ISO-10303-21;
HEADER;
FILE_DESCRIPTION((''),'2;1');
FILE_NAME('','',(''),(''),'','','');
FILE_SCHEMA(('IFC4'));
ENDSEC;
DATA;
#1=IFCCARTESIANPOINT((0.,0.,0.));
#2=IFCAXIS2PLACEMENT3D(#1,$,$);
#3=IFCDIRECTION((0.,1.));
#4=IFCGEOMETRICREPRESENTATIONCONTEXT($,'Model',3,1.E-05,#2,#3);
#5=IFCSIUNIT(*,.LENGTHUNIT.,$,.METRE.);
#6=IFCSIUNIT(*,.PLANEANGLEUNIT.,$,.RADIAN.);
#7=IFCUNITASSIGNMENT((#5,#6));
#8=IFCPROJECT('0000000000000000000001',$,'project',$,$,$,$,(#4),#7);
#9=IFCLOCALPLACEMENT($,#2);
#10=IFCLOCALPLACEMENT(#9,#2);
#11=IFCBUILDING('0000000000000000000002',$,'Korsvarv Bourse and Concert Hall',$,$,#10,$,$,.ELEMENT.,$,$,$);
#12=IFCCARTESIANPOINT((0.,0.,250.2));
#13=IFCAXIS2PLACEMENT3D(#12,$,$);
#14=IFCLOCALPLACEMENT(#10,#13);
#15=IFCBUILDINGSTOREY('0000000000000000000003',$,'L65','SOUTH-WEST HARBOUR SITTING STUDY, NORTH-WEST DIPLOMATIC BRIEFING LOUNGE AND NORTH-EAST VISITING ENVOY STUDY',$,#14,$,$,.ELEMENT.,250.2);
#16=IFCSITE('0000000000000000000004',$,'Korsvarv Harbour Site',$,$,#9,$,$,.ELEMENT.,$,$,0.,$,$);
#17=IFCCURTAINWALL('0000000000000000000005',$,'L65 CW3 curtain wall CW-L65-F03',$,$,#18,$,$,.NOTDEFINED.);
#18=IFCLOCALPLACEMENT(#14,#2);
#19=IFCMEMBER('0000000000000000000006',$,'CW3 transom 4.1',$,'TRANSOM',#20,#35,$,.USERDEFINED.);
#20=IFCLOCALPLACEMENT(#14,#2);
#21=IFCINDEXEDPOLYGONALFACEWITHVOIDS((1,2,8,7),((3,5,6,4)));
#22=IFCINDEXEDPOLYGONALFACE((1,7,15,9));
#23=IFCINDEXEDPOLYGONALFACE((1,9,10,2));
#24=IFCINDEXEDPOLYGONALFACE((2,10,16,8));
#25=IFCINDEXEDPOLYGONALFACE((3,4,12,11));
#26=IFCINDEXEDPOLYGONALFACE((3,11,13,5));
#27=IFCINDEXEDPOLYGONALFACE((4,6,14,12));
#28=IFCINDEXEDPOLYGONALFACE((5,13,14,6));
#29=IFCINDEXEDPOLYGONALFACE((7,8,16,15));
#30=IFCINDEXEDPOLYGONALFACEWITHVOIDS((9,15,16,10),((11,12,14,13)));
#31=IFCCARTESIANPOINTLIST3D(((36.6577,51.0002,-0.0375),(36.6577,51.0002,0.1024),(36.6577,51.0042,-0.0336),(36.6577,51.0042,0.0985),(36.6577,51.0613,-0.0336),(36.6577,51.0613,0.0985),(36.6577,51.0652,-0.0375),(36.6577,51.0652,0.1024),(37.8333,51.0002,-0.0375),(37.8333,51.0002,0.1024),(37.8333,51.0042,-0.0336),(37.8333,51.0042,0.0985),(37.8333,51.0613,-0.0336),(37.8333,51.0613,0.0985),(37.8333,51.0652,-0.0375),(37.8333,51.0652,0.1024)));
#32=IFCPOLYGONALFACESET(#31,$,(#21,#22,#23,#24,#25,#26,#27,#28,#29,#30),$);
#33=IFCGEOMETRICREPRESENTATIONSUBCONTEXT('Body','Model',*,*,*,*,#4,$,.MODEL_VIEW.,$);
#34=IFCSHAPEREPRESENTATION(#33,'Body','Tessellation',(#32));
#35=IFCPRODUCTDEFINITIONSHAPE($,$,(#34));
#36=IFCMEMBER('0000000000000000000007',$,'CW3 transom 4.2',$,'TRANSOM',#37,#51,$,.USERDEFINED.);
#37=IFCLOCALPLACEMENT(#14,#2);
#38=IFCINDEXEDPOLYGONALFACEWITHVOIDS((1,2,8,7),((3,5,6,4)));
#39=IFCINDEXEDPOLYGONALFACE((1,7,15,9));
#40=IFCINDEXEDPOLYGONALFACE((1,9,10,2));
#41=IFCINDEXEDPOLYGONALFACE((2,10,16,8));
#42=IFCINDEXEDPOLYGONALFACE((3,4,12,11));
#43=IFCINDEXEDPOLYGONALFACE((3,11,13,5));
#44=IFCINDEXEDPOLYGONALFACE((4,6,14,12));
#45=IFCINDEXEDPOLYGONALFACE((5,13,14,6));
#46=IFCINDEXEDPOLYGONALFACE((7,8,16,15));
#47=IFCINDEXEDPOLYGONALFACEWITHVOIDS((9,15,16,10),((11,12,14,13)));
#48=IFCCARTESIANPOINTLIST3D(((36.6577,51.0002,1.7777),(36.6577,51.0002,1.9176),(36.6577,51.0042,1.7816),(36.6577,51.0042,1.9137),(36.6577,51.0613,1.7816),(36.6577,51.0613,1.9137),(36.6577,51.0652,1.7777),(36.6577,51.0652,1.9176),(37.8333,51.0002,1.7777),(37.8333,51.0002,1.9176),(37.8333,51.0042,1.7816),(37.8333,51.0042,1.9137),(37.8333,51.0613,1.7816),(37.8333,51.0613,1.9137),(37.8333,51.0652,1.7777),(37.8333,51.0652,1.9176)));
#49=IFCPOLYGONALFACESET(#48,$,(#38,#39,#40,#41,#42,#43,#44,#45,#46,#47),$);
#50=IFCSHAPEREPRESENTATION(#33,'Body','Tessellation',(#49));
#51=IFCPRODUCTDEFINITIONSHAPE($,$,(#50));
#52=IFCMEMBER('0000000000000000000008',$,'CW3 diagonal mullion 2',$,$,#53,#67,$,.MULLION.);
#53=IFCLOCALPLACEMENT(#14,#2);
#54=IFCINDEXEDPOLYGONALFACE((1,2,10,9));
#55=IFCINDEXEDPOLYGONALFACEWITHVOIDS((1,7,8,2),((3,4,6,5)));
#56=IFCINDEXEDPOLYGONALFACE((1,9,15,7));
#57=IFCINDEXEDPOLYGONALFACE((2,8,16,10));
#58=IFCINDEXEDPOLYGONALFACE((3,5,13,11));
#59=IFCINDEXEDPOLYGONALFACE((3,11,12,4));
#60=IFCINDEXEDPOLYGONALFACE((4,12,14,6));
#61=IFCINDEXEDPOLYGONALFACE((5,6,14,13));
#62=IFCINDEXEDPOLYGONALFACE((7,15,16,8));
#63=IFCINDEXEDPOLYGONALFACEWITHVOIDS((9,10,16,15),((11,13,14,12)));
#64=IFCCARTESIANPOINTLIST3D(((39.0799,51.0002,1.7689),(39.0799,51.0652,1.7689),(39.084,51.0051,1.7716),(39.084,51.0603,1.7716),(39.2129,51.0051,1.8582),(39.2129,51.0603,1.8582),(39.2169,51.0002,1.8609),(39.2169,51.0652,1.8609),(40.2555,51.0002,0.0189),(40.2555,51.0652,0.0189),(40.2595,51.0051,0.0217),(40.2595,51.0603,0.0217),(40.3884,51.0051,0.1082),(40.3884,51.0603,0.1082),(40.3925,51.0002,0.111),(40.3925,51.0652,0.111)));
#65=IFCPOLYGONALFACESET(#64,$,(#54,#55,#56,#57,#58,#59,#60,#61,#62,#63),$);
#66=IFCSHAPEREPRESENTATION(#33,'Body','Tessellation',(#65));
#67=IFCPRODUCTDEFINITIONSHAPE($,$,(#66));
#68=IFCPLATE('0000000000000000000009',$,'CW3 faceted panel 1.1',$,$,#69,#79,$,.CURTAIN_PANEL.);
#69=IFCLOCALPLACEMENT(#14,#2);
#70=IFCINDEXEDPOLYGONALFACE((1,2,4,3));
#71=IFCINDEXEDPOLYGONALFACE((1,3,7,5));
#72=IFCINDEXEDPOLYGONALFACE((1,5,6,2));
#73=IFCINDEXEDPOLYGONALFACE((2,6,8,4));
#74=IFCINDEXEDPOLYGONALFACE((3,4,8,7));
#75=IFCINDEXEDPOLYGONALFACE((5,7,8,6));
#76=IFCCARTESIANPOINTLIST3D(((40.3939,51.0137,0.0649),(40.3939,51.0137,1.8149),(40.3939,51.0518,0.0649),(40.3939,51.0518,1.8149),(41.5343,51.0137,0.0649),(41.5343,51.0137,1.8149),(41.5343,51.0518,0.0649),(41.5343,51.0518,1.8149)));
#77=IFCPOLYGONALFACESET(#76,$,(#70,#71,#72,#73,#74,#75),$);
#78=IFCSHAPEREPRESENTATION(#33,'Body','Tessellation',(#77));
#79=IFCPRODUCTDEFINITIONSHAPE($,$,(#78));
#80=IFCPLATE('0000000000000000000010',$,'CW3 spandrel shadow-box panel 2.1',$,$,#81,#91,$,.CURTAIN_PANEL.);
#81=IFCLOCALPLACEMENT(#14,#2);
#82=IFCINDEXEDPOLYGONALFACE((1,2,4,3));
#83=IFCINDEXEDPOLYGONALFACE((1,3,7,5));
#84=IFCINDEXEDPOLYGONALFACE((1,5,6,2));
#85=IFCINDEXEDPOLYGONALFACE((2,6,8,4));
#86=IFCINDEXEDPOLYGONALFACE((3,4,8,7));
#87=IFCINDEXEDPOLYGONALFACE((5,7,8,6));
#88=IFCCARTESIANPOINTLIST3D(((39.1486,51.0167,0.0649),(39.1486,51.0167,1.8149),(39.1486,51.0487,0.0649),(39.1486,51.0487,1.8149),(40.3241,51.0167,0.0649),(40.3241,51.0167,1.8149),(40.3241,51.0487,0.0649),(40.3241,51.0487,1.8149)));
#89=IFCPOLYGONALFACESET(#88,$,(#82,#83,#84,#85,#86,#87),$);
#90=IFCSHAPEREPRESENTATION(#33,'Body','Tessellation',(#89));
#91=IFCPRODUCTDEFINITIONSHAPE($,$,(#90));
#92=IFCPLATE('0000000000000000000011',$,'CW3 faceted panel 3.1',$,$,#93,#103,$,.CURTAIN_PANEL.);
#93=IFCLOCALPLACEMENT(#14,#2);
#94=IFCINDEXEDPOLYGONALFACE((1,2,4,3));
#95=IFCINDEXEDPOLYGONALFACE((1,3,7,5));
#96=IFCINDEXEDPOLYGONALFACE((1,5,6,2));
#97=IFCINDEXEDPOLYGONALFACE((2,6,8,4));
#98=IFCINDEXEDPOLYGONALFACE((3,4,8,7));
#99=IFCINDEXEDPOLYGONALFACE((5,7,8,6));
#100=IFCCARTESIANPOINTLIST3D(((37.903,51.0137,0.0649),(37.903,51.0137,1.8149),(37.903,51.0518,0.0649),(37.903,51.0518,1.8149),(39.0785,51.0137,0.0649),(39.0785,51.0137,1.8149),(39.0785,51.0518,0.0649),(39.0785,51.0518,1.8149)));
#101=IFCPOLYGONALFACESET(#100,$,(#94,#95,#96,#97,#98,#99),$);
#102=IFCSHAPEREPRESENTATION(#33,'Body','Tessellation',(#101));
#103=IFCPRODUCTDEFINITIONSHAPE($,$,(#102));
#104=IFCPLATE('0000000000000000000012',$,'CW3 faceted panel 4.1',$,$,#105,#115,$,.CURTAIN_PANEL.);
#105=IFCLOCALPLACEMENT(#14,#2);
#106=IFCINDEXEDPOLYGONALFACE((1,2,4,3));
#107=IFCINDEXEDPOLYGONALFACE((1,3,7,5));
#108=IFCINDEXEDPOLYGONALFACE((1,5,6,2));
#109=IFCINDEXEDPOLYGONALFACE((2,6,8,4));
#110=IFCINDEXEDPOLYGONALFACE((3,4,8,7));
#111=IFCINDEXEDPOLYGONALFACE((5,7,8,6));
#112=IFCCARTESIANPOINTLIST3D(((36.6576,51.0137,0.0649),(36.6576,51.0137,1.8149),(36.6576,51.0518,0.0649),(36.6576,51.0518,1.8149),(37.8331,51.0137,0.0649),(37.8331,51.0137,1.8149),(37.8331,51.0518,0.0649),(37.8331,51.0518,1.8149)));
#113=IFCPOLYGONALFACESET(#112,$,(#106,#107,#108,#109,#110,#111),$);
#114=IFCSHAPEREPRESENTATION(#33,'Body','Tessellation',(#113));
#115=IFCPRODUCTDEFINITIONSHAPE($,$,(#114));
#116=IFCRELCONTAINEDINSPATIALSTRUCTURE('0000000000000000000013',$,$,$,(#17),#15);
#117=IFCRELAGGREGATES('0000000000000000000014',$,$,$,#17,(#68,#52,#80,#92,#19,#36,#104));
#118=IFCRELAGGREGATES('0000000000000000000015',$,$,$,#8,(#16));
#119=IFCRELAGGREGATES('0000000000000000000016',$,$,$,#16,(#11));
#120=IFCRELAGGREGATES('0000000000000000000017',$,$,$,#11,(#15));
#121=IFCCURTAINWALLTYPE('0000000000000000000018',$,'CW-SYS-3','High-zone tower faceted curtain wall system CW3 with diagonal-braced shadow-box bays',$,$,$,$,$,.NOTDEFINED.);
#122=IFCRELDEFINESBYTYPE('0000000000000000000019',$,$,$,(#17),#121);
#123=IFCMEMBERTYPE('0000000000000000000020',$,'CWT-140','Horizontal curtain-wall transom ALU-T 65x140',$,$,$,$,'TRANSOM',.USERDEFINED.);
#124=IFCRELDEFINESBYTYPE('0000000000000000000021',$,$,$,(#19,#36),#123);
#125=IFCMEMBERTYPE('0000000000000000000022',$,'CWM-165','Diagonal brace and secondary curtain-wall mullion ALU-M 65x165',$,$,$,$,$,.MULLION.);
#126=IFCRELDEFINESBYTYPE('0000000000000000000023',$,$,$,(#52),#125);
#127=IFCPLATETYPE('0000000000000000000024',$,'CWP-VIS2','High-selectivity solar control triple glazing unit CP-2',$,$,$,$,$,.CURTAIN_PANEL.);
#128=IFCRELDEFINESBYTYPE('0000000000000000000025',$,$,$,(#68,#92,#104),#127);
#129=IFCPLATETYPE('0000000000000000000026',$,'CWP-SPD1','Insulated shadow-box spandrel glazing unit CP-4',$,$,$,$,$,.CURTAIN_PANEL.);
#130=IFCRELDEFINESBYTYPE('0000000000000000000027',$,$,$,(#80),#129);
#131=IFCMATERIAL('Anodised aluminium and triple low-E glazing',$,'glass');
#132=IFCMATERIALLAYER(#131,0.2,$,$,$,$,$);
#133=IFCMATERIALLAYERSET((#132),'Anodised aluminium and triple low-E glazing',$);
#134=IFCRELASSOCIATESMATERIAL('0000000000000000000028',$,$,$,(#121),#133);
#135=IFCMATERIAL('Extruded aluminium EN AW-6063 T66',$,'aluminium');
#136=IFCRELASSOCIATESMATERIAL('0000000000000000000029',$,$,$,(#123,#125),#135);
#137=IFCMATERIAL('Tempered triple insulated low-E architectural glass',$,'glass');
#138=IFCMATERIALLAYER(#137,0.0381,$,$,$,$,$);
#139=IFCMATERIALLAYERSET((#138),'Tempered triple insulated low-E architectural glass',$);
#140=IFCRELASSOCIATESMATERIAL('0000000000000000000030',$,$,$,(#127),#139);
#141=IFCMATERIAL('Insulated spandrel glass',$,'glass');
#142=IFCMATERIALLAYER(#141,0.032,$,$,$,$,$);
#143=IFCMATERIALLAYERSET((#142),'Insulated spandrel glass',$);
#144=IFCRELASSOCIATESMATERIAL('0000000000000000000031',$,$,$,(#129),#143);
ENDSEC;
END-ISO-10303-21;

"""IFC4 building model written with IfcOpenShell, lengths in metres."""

from ifc_helpers import new_model, si_unit, direction, frame, origin, origin_2d, place, context, subcontext, project, spatial, rectangle, hollow_rectangle, extrude, source, transform, mapped, material, layer, layer_set, material_profile, profile_set, type_object, element, aggregate, save


model = new_model("IFC4")

# Units and contexts
model_context = context("Model", 3, precision=1e-05, world=origin(), true_north=direction((0.0, 1.0)))
body_context = subcontext(model_context, "Body", "Model", "MODEL_VIEW")
ifc_project = project(units=[si_unit("LENGTHUNIT", "METRE"), si_unit("PLANEANGLEUNIT", "RADIAN")], contexts=[model_context])

# Site, building, storey
site_placement = place(None, origin())
site = spatial("IfcSite", under=ifc_project, at=site_placement, Name="Korsvarv Harbour Site", CompositionType="ELEMENT", RefElevation=0.0)
building_placement = place(site_placement, origin())
building = spatial("IfcBuilding", under=site, at=building_placement, Name="Korsvarv Bourse and Concert Hall", CompositionType="ELEMENT")
storey_placement = place(building_placement, frame((0.0, 0.0, 250.2)))
storey = spatial("IfcBuildingStorey", under=building, at=storey_placement, Name="L65", Description="SOUTH-WEST HARBOUR SITTING STUDY, NORTH-WEST DIPLOMATIC BRIEFING LOUNGE AND NORTH-EAST VISITING ENVOY STUDY", CompositionType="ELEMENT", Elevation=250.2)

# Curtain wall, members, plates
ifc_material_1 = material(Name="Anodised aluminium and triple low-E glazing", Category="glass")
ifc_layer_1 = layer(ifc_material_1, 0.2)
ifc_layer_set_1 = layer_set([ifc_layer_1], Name="Anodised aluminium and triple low-E glazing")
curtain_wall_type = type_object("IfcCurtainWallType", Name="CW-SYS-3", Description="High-zone tower faceted curtain wall system CW3 with diagonal-braced shadow-box bays", PredefinedType="NOTDEFINED", material=ifc_layer_set_1)
curtain_wall_placement = place(storey_placement, origin())
curtain_wall = element("IfcCurtainWall", 1, at=curtain_wall_placement, inside=storey, type_object=curtain_wall_type, Name="L65 CW3 curtain wall CW-L65-F03", PredefinedType="NOTDEFINED")
ifc_material_2 = material(Name="Extruded aluminium EN AW-6063 T66", Category="aluminium")
ifc_material_profile_1 = material_profile(ifc_material_2, hollow_rectangle(XDim=0.0649, YDim=0.1399, WallThickness=0.0039, at=origin_2d()), Name="ALU-T 65x140")
ifc_profile_set_1 = profile_set([ifc_material_profile_1], Name="Extruded aluminium EN AW-6063 T66")
member_type_1 = type_object("IfcMemberType", Name="CWT-140", Description="Horizontal curtain-wall transom ALU-T 65x140", ElementType="TRANSOM", PredefinedType="USERDEFINED", material=ifc_profile_set_1)
shared_shape_1 = source(origin(), body_context, "Body", "SweptSolid", [
    extrude(hollow_rectangle(XDim=0.0649, YDim=0.1399, WallThickness=0.0039, at=origin_2d()), origin(), (0.0, 0.0, 1.0), 1.1755),
])
member_1_placement = place(storey_placement, frame((37.8333, 51.0327, 0.0325), z_axis=(-1.0, 0.0, 0.0), x_axis=(0.0, -1.0, 0.0)))
member_1 = element("IfcMember", 2, at=member_1_placement, type_object=member_type_1, Name="CW3 transom 4.1", ObjectType="TRANSOM", PredefinedType="USERDEFINED", context=body_context, shape_type="MappedRepresentation", body=[
    mapped(shared_shape_1, transform((0.0, 0.0, 0.0), scale=1.0)),
])
member_2_placement = place(storey_placement, frame((37.8333, 51.0327, 1.8477), z_axis=(-1.0, 0.0, 0.0), x_axis=(0.0, -1.0, 0.0)))
member_2 = element("IfcMember", 3, at=member_2_placement, type_object=member_type_1, Name="CW3 transom 4.2", ObjectType="TRANSOM", PredefinedType="USERDEFINED", context=body_context, shape_type="MappedRepresentation", body=[
    mapped(shared_shape_1, transform((0.0, 0.0, 0.0), scale=1.0)),
])
ifc_material_profile_2 = material_profile(ifc_material_2, hollow_rectangle(XDim=0.0649, YDim=0.165, WallThickness=0.0049, at=origin_2d()), Name="ALU-M 65x165")
ifc_profile_set_2 = profile_set([ifc_material_profile_2], Name="Extruded aluminium EN AW-6063 T66")
member_type_2 = type_object("IfcMemberType", Name="CWM-165", Description="Diagonal brace and secondary curtain-wall mullion ALU-M 65x165", PredefinedType="MULLION", material=ifc_profile_set_2)
shared_shape_2 = source(origin(), body_context, "Body", "SweptSolid", [
    extrude(hollow_rectangle(XDim=0.0649, YDim=0.165, WallThickness=0.0049, at=origin_2d()), origin(), (0.0, 0.0, 1.0), 2.1082),
])
member_3_placement = place(storey_placement, frame((40.324, 51.0327, 0.0649), z_axis=(-0.55761, 0.0, 0.830103), x_axis=(0.0, -1.0, 0.0)))
member_3 = element("IfcMember", 4, at=member_3_placement, type_object=member_type_2, Name="CW3 diagonal mullion 2", PredefinedType="MULLION", context=body_context, shape_type="MappedRepresentation", body=[
    mapped(shared_shape_2, transform((0.0, 0.0, 0.0), scale=1.0)),
])
ifc_material_3 = material(Name="Tempered triple insulated low-E architectural glass", Category="glass")
ifc_layer_2 = layer(ifc_material_3, 0.0381)
ifc_layer_set_2 = layer_set([ifc_layer_2], Name="Tempered triple insulated low-E architectural glass")
plate_type_1 = type_object("IfcPlateType", Name="CWP-VIS2", Description="High-selectivity solar control triple glazing unit CP-2", PredefinedType="CURTAIN_PANEL", material=ifc_layer_set_2)
shared_shape_3 = source(origin(), body_context, "Body", "SweptSolid", [
    extrude(rectangle(XDim=1.1404, YDim=0.0381, at=origin_2d()), origin(), (0.0, 0.0, 1.0), 1.75),
])
plate_1_placement = place(storey_placement, frame((40.9641, 51.0327, 0.0649), z_axis=(0.0, 0.0, 1.0), x_axis=(-1.0, 0.0, 0.0)))
plate_1 = element("IfcPlate", 5, at=plate_1_placement, type_object=plate_type_1, Name="CW3 faceted panel 1.1", PredefinedType="CURTAIN_PANEL", context=body_context, shape_type="MappedRepresentation", body=[
    mapped(shared_shape_3, transform((0.0, 0.0, 0.0), scale=1.0)),
])
ifc_material_4 = material(Name="Insulated spandrel glass", Category="glass")
ifc_layer_3 = layer(ifc_material_4, 0.032)
ifc_layer_set_3 = layer_set([ifc_layer_3], Name="Insulated spandrel glass")
plate_type_2 = type_object("IfcPlateType", Name="CWP-SPD1", Description="Insulated shadow-box spandrel glazing unit CP-4", PredefinedType="CURTAIN_PANEL", material=ifc_layer_set_3)
shared_shape_4 = source(origin(), body_context, "Body", "SweptSolid", [
    extrude(rectangle(XDim=1.1755, YDim=0.032, at=origin_2d()), origin(), (0.0, 0.0, 1.0), 1.75),
])
plate_2_placement = place(storey_placement, frame((39.7363, 51.0327, 0.0649), z_axis=(0.0, 0.0, 1.0), x_axis=(-1.0, 0.0, 0.0)))
plate_2 = element("IfcPlate", 6, at=plate_2_placement, type_object=plate_type_2, Name="CW3 spandrel shadow-box panel 2.1", PredefinedType="CURTAIN_PANEL", context=body_context, shape_type="MappedRepresentation", body=[
    mapped(shared_shape_4, transform((0.0, 0.0, 0.0), scale=1.0)),
])
shared_shape_5 = source(origin(), body_context, "Body", "SweptSolid", [
    extrude(rectangle(XDim=1.1755, YDim=0.0381, at=origin_2d()), origin(), (0.0, 0.0, 1.0), 1.75),
])
plate_3_placement = place(storey_placement, frame((38.4907, 51.0327, 0.0649), z_axis=(0.0, 0.0, 1.0), x_axis=(-1.0, 0.0, 0.0)))
plate_3 = element("IfcPlate", 7, at=plate_3_placement, type_object=plate_type_1, Name="CW3 faceted panel 3.1", PredefinedType="CURTAIN_PANEL", context=body_context, shape_type="MappedRepresentation", body=[
    mapped(shared_shape_5, transform((0.0, 0.0, 0.0), scale=1.0)),
])
plate_4_placement = place(storey_placement, frame((37.2454, 51.0327, 0.0649), z_axis=(0.0, 0.0, 1.0), x_axis=(-1.0, 0.0, 0.0)))
plate_4 = element("IfcPlate", 8, at=plate_4_placement, type_object=plate_type_1, Name="CW3 faceted panel 4.1", PredefinedType="CURTAIN_PANEL", context=body_context, shape_type="MappedRepresentation", body=[
    mapped(shared_shape_5, transform((0.0, 0.0, 0.0), scale=1.0)),
])
aggregate(curtain_wall, [plate_1, member_3, plate_2, plate_3, member_1, member_2, plate_4])

save(model, "model.ifc")
